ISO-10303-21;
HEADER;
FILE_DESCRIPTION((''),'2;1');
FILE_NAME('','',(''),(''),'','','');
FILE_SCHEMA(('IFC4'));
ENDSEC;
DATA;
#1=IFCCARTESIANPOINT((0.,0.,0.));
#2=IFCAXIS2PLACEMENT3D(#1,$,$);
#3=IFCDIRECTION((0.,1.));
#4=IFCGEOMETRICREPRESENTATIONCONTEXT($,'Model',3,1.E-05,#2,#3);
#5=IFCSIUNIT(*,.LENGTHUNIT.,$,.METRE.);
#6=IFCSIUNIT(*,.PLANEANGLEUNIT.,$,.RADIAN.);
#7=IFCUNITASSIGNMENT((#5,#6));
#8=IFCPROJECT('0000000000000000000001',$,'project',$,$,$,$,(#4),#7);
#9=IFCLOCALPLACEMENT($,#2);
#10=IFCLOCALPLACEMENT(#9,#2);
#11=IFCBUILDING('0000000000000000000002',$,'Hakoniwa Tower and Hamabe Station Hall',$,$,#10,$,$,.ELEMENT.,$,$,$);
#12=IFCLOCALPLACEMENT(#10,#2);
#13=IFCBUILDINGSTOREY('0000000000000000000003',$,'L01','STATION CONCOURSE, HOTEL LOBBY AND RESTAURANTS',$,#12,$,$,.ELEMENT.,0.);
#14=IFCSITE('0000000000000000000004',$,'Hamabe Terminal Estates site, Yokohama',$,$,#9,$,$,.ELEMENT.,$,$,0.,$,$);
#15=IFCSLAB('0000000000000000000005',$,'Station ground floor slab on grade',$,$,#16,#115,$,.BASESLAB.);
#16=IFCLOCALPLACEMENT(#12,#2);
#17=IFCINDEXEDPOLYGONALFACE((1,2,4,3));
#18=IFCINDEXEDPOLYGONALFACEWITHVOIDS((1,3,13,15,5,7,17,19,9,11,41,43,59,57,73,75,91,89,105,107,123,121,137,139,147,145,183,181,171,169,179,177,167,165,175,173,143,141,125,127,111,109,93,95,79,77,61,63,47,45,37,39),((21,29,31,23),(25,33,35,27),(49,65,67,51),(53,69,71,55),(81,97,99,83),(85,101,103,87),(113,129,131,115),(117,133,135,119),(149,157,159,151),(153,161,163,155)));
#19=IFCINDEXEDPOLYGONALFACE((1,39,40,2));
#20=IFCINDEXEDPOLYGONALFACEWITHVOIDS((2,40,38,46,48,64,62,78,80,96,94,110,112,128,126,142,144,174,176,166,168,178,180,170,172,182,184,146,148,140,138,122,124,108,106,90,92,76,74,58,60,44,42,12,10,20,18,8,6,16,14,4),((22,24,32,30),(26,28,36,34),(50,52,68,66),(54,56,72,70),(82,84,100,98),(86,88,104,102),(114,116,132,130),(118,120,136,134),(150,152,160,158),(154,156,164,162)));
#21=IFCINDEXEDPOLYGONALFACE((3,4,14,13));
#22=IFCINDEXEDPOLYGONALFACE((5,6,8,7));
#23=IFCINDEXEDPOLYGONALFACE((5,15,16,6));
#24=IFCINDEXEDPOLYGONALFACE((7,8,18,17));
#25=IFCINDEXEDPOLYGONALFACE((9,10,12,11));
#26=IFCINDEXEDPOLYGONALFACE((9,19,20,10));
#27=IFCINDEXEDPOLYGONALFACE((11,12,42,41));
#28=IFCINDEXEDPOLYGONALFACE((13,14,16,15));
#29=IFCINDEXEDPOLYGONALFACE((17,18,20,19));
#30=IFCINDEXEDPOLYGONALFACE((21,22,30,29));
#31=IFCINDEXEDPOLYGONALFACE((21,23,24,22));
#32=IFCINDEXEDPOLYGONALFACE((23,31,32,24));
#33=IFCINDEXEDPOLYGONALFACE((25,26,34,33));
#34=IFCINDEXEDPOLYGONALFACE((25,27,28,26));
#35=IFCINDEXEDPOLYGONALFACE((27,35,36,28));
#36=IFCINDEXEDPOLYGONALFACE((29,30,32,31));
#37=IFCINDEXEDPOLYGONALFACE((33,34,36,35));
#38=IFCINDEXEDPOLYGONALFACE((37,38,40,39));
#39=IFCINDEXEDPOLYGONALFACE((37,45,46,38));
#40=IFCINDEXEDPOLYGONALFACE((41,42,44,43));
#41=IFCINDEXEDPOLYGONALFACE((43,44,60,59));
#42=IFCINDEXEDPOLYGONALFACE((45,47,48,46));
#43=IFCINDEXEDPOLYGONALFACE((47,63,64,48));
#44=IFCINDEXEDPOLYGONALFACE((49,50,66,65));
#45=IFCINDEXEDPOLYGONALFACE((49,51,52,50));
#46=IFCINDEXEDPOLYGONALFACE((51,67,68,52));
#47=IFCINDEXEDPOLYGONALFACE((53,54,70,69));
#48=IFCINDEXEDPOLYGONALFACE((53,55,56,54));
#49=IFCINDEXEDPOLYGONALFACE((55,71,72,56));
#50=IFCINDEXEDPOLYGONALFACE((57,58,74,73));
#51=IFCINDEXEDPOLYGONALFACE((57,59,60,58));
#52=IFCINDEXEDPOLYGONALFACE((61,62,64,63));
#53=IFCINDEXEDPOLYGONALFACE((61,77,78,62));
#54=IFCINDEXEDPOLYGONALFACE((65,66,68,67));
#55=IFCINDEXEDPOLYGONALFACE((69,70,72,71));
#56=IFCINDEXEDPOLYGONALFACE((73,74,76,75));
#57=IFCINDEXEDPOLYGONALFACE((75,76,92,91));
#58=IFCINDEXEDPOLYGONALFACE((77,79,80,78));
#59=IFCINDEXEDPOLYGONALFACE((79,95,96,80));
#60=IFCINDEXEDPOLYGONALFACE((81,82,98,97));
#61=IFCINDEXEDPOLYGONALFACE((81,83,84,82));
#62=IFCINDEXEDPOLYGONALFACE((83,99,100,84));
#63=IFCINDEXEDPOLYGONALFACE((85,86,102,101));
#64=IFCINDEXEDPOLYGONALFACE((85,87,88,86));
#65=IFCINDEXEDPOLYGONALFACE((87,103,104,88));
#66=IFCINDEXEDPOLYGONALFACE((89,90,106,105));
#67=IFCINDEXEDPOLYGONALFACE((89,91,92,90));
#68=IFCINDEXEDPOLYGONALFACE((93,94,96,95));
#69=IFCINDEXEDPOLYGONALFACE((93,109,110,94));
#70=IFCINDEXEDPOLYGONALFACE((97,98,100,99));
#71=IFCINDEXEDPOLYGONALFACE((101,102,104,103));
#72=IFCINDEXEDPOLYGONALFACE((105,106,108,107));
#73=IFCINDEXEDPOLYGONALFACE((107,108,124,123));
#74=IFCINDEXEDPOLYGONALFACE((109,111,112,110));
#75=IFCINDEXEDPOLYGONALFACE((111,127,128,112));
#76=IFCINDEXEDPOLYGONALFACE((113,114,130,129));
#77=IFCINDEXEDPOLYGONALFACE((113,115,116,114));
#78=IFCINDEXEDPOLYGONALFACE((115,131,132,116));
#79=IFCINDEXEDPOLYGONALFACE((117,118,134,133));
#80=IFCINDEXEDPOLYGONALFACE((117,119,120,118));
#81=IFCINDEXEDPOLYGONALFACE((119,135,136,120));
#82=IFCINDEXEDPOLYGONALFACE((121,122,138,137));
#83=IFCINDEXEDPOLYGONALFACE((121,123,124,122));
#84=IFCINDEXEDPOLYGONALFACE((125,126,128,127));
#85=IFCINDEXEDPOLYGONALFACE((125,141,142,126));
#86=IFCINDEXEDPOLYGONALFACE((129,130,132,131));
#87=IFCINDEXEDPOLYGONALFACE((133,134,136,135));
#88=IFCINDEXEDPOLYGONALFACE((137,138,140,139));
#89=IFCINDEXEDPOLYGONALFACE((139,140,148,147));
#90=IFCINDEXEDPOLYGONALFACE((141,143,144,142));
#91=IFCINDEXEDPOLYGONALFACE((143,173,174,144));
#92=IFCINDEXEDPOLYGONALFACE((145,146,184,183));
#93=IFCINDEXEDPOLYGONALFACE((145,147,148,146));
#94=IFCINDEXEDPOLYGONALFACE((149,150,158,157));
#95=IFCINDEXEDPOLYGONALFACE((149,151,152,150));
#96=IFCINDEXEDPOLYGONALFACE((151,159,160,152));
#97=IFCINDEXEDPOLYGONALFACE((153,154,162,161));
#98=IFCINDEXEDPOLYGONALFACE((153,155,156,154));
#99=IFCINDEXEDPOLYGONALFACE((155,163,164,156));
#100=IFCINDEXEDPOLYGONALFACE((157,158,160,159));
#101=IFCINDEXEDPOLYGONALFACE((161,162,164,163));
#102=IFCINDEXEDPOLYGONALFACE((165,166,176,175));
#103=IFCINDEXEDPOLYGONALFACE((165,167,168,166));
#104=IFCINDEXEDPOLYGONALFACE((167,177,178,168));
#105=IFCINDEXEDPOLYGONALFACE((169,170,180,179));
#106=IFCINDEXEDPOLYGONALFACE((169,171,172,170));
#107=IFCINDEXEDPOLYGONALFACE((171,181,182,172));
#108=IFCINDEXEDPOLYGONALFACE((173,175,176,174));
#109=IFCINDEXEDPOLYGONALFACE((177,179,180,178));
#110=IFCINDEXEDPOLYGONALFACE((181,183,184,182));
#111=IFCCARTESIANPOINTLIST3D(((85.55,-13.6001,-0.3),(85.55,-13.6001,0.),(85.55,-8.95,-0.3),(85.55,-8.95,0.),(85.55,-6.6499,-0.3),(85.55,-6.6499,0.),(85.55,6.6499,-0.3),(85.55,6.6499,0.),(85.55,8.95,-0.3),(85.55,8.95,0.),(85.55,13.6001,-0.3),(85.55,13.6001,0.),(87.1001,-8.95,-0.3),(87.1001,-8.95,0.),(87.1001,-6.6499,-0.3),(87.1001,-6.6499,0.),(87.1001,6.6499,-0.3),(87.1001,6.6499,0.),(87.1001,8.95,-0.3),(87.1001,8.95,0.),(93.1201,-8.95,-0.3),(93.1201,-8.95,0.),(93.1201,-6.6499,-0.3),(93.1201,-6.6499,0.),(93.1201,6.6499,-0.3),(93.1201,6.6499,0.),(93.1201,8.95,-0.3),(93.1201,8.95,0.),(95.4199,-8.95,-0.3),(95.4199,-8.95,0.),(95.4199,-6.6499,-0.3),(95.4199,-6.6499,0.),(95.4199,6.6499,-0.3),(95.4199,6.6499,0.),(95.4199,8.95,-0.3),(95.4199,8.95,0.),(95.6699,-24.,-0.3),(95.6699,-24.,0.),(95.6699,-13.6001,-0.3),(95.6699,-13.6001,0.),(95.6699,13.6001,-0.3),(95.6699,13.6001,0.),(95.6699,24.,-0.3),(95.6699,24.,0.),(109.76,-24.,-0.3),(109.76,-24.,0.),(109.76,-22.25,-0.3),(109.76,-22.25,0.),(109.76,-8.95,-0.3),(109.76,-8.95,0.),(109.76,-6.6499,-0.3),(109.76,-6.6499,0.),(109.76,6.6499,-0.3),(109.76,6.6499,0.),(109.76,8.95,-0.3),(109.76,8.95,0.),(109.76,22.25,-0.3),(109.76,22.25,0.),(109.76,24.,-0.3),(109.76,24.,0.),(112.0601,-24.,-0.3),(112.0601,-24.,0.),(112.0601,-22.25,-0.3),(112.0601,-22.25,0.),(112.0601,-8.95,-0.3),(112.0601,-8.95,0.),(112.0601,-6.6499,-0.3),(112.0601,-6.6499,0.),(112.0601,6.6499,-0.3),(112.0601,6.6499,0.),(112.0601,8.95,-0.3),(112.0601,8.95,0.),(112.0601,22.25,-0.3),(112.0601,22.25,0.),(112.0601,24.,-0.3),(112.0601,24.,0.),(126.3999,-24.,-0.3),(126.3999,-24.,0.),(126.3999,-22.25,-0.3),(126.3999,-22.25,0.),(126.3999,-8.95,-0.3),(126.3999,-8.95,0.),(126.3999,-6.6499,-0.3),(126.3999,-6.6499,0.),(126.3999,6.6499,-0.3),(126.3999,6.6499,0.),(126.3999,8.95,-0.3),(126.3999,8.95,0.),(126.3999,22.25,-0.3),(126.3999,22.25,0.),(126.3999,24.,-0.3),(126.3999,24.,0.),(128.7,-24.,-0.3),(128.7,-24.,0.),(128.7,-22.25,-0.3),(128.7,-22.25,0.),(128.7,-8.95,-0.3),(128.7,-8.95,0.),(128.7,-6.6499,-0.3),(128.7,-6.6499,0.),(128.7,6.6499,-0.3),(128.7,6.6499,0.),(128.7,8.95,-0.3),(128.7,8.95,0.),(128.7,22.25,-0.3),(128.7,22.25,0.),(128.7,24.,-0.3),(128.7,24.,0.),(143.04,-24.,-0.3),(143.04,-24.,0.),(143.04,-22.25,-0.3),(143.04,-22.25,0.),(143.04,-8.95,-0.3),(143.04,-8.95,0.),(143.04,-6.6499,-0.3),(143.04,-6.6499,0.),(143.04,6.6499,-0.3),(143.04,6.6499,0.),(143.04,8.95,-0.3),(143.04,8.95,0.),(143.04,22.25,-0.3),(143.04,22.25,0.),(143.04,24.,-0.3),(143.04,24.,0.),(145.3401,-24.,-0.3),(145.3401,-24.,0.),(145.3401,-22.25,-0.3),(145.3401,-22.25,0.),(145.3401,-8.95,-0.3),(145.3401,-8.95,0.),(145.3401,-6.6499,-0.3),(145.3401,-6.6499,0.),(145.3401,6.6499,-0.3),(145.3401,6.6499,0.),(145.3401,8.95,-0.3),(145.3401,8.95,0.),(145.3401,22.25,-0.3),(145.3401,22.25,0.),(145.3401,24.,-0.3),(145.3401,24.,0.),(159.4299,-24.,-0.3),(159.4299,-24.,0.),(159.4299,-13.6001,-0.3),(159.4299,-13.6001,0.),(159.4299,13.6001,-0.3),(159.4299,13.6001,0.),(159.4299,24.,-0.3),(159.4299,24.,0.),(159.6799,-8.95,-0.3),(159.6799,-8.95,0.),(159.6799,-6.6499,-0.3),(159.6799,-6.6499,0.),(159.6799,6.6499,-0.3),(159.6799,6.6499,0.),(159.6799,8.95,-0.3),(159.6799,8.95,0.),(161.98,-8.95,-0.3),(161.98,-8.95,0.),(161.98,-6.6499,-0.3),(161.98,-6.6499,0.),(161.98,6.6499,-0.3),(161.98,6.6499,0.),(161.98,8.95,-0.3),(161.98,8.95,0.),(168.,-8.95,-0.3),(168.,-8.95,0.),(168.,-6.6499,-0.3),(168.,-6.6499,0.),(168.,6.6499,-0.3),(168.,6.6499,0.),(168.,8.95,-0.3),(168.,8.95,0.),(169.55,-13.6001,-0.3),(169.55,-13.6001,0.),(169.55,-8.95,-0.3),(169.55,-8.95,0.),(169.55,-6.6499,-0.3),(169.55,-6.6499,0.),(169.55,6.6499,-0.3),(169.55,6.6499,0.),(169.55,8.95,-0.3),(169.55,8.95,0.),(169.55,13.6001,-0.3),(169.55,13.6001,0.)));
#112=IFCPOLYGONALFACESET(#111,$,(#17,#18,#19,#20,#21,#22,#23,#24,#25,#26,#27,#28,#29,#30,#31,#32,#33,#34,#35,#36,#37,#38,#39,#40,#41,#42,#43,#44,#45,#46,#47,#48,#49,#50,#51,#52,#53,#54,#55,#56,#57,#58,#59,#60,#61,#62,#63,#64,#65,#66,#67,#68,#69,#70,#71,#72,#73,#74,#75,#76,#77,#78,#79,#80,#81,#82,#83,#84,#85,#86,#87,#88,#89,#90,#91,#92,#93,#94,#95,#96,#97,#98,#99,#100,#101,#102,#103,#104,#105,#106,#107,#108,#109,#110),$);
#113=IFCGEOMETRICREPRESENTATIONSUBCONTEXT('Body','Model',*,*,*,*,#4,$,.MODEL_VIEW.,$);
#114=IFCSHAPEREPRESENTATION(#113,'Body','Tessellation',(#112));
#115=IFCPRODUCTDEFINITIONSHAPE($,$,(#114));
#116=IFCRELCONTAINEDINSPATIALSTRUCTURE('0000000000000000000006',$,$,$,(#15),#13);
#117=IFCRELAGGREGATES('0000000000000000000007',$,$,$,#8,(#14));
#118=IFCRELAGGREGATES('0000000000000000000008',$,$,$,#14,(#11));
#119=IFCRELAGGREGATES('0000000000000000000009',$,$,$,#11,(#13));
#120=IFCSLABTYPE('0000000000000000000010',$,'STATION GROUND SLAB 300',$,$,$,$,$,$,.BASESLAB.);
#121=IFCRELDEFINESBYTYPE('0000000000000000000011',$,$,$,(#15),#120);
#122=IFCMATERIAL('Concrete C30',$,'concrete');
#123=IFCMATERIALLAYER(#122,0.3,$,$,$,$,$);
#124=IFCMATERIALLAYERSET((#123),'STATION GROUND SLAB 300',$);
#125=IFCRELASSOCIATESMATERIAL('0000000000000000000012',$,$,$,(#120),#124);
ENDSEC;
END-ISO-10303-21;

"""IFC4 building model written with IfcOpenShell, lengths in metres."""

from ifc_helpers import new_model, si_unit, direction, frame, origin, place, context, subcontext, project, spatial, polyline, outline, extrude, material, layer, layer_set, type_object, element, save


model = new_model("IFC4")

# Units and contexts
model_context = context("Model", 3, precision=1e-05, world=origin(), true_north=direction((0.0, 1.0)))
body_context = subcontext(model_context, "Body", "Model", "MODEL_VIEW")
ifc_project = project(units=[si_unit("LENGTHUNIT", "METRE"), si_unit("PLANEANGLEUNIT", "RADIAN")], contexts=[model_context])

# Site, building, storey
site_placement = place(None, origin())
site = spatial("IfcSite", under=ifc_project, at=site_placement, Name="Hamabe Terminal Estates site, Yokohama", CompositionType="ELEMENT", RefElevation=0.0)
building_placement = place(site_placement, origin())
building = spatial("IfcBuilding", under=site, at=building_placement, Name="Hakoniwa Tower and Hamabe Station Hall", CompositionType="ELEMENT")
storey_placement = place(building_placement, origin())
storey = spatial("IfcBuildingStorey", under=building, at=storey_placement, Name="L01", Description="STATION CONCOURSE, HOTEL LOBBY AND RESTAURANTS", CompositionType="ELEMENT", Elevation=0.0)

# Slab
ifc_material_1 = material(Name="Concrete C30", Category="concrete")
ifc_layer_1 = layer(ifc_material_1, 0.3)
ifc_layer_set_1 = layer_set([ifc_layer_1], Name="STATION GROUND SLAB 300")
slab_type = type_object("IfcSlabType", Name="STATION GROUND SLAB 300", PredefinedType="BASESLAB", material=ifc_layer_set_1)
slab_placement = place(storey_placement, frame((0.0, 0.0, -0.3)))
element("IfcSlab", 1, at=slab_placement, inside=storey, type_object=slab_type, Name="Station ground floor slab on grade", PredefinedType="BASESLAB", context=body_context, shape_type="SweptSolid", body=[
    extrude(outline(polyline([(169.55, -13.6001), (169.55, -8.95), (168.0, -8.95), (168.0, -6.6499), (169.55, -6.6499), (169.55, 6.6499), (168.0, 6.6499), (168.0, 8.95), (169.55, 8.95), (169.55, 13.6001), (159.4299, 13.6001), (159.4299, 24.0), (145.3401, 24.0), (145.3401, 22.25), (143.04, 22.25), (143.04, 24.0), (128.7, 24.0), (128.7, 22.25), (126.3999, 22.25), (126.3999, 24.0), (112.0601, 24.0), (112.0601, 22.25), (109.76, 22.25), (109.76, 24.0), (95.6699, 24.0), (95.6699, 13.6001), (85.55, 13.6001), (85.55, 8.95), (87.1001, 8.95), (87.1001, 6.6499), (85.55, 6.6499), (85.55, -6.6499), (87.1001, -6.6499), (87.1001, -8.95), (85.55, -8.95), (85.55, -13.6001), (95.6699, -13.6001), (95.6699, -24.0), (109.76, -24.0), (109.76, -22.25), (112.0601, -22.25), (112.0601, -24.0), (126.3999, -24.0), (126.3999, -22.25), (128.7, -22.25), (128.7, -24.0), (143.04, -24.0), (143.04, -22.25), (145.3401, -22.25), (145.3401, -24.0), (159.4299, -24.0), (159.4299, -13.6001), (169.55, -13.6001)]), holes=[polyline([(95.4199, -8.95), (93.1201, -8.95), (93.1201, -6.6499), (95.4199, -6.6499), (95.4199, -8.95)]), polyline([(112.0601, -8.95), (109.76, -8.95), (109.76, -6.6499), (112.0601, -6.6499), (112.0601, -8.95)]), polyline([(128.7, -6.6499), (128.7, -8.95), (126.3999, -8.95), (126.3999, -6.6499), (128.7, -6.6499)]), polyline([(95.4199, 6.6499), (93.1201, 6.6499), (93.1201, 8.95), (95.4199, 8.95), (95.4199, 6.6499)]), polyline([(112.0601, 8.95), (112.0601, 6.6499), (109.76, 6.6499), (109.76, 8.95), (112.0601, 8.95)]), polyline([(145.3401, -8.95), (143.04, -8.95), (143.04, -6.6499), (145.3401, -6.6499), (145.3401, -8.95)]), polyline([(161.98, -6.6499), (161.98, -8.95), (159.6799, -8.95), (159.6799, -6.6499), (161.98, -6.6499)]), polyline([(128.7, 6.6499), (126.3999, 6.6499), (126.3999, 8.95), (128.7, 8.95), (128.7, 6.6499)]), polyline([(145.3401, 8.95), (145.3401, 6.6499), (143.04, 6.6499), (143.04, 8.95), (145.3401, 8.95)]), polyline([(161.98, 6.6499), (159.6799, 6.6499), (159.6799, 8.95), (161.98, 8.95), (161.98, 6.6499)])]), origin(), (0.0, 0.0, 1.0), 0.3),
])

save(model, "model.ifc")
